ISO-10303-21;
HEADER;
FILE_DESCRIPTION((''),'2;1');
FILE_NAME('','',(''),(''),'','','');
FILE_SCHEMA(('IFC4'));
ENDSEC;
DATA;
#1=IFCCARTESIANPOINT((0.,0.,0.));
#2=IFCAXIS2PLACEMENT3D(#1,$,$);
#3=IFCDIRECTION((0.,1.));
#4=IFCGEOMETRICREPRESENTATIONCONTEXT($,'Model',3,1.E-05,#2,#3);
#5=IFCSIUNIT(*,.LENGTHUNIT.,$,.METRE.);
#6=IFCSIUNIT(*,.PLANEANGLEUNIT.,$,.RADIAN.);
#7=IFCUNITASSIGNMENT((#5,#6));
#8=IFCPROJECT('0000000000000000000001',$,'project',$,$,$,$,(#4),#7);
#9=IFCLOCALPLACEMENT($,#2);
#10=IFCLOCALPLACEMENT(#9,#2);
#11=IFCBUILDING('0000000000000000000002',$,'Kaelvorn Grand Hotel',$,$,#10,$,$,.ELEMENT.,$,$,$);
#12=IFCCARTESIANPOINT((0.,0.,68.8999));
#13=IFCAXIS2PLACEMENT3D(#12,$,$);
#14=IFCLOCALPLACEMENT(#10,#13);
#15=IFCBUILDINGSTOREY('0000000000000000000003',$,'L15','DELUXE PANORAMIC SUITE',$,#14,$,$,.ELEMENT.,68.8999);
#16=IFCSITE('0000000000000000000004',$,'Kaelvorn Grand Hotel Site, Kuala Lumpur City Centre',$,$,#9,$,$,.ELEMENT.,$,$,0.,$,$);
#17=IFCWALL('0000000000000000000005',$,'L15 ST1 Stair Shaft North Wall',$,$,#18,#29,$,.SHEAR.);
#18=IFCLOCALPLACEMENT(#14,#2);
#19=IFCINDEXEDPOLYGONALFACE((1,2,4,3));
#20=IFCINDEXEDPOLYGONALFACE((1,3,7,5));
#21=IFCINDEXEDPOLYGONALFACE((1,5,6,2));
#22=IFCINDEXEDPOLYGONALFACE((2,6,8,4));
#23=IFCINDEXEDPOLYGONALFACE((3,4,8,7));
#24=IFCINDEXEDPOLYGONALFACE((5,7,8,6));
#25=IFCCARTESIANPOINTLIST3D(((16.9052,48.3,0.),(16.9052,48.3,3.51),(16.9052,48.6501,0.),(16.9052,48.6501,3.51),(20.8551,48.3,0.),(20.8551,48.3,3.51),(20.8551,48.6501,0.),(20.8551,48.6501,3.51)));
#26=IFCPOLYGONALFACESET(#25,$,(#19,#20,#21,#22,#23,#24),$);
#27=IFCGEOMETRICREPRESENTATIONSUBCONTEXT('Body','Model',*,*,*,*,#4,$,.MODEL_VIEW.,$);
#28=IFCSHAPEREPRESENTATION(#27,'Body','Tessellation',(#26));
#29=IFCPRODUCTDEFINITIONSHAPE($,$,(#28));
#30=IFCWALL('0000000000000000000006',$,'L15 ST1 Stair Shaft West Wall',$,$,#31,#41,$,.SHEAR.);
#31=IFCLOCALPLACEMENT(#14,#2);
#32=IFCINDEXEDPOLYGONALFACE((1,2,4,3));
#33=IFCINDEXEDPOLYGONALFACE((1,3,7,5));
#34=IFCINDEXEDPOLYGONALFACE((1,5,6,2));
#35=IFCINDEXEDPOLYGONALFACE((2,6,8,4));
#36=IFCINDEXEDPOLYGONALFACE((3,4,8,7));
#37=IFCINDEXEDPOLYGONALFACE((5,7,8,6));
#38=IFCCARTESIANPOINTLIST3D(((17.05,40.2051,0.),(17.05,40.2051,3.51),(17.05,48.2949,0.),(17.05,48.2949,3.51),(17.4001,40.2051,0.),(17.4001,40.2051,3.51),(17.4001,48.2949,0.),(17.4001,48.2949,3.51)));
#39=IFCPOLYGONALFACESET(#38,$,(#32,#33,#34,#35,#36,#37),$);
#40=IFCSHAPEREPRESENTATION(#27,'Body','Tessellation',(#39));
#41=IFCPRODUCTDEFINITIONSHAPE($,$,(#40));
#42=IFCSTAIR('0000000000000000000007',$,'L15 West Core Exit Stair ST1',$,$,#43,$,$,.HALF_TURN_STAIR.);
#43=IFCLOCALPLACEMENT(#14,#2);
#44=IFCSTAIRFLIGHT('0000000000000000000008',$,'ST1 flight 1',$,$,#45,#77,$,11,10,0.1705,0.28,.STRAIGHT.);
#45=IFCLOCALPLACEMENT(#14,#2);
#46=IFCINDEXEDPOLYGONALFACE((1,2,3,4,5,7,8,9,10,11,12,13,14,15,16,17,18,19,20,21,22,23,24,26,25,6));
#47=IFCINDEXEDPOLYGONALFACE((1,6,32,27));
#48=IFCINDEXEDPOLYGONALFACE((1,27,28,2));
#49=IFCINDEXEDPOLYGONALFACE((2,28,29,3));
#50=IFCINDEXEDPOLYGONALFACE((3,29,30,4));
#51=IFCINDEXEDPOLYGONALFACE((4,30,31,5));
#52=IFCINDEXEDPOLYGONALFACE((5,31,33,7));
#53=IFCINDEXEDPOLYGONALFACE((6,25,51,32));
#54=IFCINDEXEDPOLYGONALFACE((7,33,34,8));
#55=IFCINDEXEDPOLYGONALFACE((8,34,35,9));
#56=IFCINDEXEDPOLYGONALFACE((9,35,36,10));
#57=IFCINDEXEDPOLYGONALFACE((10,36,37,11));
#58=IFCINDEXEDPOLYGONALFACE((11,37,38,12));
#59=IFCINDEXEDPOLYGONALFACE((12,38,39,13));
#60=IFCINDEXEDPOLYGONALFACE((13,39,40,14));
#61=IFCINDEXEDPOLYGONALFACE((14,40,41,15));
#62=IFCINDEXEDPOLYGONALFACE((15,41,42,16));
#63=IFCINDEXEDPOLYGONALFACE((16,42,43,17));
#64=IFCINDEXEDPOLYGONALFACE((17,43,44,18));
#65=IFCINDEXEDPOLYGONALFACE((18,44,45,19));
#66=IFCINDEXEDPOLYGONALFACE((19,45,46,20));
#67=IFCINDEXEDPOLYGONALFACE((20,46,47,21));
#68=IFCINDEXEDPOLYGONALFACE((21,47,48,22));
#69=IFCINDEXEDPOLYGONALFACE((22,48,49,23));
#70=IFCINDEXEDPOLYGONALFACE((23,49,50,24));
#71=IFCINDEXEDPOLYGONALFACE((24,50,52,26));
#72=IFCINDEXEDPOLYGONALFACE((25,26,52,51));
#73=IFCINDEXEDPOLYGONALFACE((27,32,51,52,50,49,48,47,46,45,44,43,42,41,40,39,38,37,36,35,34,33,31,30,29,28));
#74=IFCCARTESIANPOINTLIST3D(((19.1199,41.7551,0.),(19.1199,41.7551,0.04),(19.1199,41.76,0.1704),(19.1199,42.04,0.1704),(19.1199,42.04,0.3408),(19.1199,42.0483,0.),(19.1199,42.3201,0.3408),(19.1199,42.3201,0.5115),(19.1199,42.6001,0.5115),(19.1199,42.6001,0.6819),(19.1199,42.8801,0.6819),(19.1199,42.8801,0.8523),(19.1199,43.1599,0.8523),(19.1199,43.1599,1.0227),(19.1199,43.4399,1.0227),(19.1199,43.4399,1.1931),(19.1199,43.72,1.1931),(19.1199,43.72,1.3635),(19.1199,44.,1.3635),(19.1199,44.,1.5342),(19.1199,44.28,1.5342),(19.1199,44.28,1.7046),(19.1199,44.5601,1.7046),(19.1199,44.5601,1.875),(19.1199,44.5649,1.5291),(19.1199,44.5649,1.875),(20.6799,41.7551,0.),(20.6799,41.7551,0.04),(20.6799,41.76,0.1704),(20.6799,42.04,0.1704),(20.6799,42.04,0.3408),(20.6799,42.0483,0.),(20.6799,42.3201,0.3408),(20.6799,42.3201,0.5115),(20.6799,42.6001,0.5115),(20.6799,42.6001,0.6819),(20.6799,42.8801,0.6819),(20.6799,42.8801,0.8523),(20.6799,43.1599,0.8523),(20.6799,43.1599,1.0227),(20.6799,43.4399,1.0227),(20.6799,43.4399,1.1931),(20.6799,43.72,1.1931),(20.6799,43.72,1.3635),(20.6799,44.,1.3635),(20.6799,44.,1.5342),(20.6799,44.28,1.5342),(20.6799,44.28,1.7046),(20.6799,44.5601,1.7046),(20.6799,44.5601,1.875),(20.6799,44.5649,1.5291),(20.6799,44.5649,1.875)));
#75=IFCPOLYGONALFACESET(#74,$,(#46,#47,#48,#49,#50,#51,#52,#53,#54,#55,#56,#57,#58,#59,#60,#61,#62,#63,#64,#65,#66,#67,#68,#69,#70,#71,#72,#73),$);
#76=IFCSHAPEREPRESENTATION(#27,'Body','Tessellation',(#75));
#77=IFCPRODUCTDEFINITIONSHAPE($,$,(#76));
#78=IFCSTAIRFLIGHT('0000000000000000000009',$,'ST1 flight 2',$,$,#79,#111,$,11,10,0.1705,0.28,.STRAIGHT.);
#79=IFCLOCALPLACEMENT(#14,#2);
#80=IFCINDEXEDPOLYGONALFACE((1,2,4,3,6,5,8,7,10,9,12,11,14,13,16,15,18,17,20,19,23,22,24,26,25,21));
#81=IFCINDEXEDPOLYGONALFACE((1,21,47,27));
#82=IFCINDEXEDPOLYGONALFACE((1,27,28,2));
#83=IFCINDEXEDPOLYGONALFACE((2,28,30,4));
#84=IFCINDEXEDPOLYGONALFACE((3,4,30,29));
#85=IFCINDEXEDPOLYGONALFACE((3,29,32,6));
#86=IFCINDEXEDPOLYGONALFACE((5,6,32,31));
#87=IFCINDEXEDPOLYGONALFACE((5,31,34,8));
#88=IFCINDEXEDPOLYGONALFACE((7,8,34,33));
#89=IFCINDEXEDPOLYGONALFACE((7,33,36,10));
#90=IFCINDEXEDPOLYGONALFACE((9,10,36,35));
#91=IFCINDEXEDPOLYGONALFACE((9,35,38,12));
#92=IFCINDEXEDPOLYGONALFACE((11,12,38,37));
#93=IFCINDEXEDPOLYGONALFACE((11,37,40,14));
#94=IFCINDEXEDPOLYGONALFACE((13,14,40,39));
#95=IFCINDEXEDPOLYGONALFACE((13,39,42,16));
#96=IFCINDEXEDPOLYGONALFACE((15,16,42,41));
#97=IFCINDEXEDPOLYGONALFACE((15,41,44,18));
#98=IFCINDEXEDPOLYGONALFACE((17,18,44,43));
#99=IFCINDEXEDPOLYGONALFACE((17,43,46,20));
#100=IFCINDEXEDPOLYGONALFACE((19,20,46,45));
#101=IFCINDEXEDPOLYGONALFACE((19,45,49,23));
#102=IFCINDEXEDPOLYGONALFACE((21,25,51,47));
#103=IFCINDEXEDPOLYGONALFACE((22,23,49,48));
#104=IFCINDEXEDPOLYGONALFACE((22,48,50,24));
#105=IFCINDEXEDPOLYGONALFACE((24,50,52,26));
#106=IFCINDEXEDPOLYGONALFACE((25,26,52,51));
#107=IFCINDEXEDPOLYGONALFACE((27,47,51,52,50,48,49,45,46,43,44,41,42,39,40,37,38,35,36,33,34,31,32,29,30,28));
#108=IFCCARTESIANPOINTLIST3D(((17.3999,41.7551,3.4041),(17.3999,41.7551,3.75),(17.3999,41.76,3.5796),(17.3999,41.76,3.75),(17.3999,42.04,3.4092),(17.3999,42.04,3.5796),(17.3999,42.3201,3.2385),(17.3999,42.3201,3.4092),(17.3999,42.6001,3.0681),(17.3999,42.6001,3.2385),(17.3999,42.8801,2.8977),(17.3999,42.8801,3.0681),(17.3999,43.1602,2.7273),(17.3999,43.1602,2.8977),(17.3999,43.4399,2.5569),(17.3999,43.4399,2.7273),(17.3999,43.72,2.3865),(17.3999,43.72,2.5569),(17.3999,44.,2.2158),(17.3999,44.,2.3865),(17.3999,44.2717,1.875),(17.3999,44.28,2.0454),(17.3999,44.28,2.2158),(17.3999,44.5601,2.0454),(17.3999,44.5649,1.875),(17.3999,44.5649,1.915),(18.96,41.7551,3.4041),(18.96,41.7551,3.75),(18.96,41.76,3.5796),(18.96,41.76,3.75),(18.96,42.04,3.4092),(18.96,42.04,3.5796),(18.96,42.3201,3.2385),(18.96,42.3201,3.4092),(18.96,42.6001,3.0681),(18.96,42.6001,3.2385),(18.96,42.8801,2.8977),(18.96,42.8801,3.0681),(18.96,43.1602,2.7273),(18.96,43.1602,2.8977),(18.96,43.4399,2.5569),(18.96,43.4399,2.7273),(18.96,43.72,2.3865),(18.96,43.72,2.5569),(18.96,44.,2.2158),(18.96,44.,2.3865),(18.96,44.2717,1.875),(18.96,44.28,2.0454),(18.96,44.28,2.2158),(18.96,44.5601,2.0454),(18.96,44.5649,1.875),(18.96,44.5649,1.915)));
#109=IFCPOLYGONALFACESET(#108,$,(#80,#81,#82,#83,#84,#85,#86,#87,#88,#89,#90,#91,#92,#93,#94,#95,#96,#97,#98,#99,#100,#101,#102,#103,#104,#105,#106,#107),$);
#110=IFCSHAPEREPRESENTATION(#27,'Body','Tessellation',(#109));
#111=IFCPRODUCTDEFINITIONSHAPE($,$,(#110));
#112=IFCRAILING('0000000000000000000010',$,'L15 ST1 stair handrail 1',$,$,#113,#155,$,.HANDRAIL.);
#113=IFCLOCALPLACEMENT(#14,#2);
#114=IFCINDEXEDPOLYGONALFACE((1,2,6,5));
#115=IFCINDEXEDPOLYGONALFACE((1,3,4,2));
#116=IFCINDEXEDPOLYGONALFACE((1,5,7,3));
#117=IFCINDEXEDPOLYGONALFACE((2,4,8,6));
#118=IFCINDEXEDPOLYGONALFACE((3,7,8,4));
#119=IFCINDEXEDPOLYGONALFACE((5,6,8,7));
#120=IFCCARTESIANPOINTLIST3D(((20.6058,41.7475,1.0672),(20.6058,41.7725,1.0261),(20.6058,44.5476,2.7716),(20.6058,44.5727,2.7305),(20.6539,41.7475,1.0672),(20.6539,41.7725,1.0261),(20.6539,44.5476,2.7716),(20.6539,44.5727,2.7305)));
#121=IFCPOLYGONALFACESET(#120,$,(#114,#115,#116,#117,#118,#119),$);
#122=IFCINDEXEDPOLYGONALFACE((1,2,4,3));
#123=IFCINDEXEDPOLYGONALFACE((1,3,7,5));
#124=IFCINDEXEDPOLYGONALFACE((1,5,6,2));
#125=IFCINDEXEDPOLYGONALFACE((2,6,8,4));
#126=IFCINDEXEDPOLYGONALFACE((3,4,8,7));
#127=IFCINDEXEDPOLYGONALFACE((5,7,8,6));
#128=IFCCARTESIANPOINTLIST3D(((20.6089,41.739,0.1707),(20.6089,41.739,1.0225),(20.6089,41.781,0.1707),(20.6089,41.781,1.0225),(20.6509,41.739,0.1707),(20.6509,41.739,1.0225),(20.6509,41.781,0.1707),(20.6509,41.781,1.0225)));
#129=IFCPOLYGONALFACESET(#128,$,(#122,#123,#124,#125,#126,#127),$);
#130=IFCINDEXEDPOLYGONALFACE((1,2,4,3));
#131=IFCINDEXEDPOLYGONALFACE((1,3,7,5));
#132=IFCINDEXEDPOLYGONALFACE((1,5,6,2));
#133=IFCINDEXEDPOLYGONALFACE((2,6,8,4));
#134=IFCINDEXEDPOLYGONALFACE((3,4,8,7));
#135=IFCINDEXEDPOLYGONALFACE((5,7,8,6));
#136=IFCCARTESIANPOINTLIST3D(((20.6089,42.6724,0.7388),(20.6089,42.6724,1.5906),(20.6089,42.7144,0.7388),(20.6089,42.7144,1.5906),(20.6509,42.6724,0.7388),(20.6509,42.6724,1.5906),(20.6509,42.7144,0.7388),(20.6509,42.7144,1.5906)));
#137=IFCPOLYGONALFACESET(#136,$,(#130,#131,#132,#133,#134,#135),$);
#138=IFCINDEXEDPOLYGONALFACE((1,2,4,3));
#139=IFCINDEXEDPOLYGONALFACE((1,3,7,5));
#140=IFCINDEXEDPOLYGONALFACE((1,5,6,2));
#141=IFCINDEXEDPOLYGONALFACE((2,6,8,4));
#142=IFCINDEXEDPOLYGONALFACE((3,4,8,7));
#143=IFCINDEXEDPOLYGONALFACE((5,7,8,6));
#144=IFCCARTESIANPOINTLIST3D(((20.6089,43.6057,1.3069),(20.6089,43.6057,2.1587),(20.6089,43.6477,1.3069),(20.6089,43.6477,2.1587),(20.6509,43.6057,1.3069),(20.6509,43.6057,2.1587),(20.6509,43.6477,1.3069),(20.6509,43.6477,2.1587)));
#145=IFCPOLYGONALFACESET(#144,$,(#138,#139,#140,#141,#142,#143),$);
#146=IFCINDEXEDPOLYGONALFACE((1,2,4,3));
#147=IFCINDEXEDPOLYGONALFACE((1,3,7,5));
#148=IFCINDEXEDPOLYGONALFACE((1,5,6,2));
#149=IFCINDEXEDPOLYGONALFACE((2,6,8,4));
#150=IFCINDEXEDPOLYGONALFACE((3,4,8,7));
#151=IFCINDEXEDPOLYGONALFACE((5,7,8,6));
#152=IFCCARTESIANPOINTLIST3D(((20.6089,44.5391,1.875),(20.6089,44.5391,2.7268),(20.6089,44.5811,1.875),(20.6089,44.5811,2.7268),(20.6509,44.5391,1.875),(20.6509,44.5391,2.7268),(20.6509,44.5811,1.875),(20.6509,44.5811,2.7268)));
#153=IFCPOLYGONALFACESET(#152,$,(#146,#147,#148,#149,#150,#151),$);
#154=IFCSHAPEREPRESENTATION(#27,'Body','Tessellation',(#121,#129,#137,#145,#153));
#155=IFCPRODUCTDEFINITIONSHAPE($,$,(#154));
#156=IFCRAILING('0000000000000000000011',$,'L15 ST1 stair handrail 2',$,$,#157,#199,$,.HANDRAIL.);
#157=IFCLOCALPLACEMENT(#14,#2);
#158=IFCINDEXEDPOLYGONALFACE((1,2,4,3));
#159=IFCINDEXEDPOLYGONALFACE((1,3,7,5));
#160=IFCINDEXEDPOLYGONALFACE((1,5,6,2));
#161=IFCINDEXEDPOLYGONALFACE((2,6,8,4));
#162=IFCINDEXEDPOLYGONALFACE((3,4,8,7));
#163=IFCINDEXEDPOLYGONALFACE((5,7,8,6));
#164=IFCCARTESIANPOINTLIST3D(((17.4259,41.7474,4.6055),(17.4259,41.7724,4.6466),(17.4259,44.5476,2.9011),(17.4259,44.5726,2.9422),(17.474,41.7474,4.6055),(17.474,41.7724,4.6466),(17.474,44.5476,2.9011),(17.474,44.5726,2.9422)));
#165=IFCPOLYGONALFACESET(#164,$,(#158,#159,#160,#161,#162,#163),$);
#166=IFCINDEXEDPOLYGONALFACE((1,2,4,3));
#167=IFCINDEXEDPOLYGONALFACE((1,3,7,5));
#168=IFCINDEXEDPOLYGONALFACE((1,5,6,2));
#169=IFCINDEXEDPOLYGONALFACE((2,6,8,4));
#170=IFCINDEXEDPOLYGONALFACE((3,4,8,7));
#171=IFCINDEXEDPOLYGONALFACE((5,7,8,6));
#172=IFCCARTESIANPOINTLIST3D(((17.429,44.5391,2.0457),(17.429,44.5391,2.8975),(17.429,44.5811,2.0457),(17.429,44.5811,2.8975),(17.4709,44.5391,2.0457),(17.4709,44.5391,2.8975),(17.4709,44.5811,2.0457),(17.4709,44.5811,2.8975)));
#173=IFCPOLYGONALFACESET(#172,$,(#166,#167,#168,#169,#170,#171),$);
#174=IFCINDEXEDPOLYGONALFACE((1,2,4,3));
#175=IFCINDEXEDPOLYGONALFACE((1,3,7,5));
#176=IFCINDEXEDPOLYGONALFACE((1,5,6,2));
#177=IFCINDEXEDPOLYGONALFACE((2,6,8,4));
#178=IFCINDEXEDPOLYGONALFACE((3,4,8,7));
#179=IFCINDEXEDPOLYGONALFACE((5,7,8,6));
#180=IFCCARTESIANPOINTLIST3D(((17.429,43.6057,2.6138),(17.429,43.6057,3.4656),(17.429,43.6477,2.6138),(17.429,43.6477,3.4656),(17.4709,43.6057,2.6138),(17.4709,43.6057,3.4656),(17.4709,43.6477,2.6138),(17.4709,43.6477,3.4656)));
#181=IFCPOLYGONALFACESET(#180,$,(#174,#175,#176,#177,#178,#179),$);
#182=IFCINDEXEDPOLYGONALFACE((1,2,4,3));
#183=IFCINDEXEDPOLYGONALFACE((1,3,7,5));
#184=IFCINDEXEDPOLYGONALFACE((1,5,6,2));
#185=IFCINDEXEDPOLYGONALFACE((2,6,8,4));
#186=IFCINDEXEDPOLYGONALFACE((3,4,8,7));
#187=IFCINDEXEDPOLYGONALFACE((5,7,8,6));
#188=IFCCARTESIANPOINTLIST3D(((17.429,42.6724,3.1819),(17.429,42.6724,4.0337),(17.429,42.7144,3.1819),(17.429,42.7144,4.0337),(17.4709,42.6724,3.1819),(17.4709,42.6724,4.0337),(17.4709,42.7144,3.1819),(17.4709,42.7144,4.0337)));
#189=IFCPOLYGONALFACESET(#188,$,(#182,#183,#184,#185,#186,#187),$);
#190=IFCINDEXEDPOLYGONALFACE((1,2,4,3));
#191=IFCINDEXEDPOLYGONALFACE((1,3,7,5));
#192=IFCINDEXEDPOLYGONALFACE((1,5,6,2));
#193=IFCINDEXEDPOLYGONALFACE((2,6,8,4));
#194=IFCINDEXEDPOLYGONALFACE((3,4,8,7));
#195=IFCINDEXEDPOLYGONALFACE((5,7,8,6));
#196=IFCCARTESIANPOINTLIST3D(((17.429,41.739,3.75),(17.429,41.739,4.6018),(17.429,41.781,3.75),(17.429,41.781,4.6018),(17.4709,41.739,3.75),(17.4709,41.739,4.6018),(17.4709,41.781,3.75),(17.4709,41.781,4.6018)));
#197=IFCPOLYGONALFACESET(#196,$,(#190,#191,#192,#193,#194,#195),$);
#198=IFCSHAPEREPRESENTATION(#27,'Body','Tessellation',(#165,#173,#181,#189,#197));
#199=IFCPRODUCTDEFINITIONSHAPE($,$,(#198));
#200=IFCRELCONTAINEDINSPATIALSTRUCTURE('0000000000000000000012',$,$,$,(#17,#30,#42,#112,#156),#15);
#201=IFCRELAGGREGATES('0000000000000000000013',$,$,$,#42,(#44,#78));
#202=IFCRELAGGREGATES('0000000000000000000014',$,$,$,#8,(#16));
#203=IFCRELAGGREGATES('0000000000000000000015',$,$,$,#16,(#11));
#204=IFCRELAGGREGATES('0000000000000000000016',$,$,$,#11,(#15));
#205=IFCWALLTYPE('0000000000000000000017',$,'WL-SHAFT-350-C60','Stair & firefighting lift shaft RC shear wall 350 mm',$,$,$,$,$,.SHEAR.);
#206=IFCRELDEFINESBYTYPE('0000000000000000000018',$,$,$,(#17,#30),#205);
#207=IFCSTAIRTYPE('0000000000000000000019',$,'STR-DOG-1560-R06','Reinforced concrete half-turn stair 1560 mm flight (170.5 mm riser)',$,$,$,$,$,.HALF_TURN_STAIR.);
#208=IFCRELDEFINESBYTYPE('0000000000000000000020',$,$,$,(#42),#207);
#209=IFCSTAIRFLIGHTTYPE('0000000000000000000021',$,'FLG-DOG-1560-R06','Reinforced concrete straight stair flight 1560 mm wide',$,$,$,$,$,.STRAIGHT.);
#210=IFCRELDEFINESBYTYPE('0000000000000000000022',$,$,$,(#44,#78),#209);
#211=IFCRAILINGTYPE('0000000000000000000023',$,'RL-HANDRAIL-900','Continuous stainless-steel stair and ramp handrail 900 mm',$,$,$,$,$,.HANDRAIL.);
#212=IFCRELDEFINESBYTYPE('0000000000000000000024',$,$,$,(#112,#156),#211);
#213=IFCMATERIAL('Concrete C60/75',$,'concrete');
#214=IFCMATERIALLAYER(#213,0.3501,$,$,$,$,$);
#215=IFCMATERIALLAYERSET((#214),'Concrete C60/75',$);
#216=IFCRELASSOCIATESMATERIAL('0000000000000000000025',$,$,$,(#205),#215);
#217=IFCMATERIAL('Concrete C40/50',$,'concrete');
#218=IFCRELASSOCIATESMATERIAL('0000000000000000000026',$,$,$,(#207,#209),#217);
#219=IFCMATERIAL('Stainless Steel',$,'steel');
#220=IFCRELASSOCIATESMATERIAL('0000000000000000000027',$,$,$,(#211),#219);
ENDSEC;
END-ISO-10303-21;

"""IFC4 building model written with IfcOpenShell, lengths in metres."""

from ifc_helpers import new_model, si_unit, direction, frame, frame_2d, origin, origin_2d, place, context, subcontext, project, spatial, polyline, rectangle, outline, extrude, material, layer, layer_set, type_object, element, aggregate, save


model = new_model("IFC4")

# Units and contexts
model_context = context("Model", 3, precision=1e-05, world=origin(), true_north=direction((0.0, 1.0)))
body_context = subcontext(model_context, "Body", "Model", "MODEL_VIEW")
ifc_project = project(units=[si_unit("LENGTHUNIT", "METRE"), si_unit("PLANEANGLEUNIT", "RADIAN")], contexts=[model_context])

# Site, building, storey
site_placement = place(None, origin())
site = spatial("IfcSite", under=ifc_project, at=site_placement, Name="Kaelvorn Grand Hotel Site, Kuala Lumpur City Centre", CompositionType="ELEMENT", RefElevation=0.0)
building_placement = place(site_placement, origin())
building = spatial("IfcBuilding", under=site, at=building_placement, Name="Kaelvorn Grand Hotel", CompositionType="ELEMENT")
storey_placement = place(building_placement, frame((0.0, 0.0, 68.8999)))
storey = spatial("IfcBuildingStorey", under=building, at=storey_placement, Name="L15", Description="DELUXE PANORAMIC SUITE", CompositionType="ELEMENT", Elevation=68.8999)

# Shared definitions
ifc_material_1 = material(Name="Concrete C60/75", Category="concrete")

# Shared definitions
ifc_material_2 = material(Name="Concrete C40/50", Category="concrete")

# Walls
ifc_layer_1 = layer(ifc_material_1, 0.3501)
ifc_layer_set_1 = layer_set([ifc_layer_1], Name="Concrete C60/75")
wall_type_1 = type_object("IfcWallType", Name="WL-SHAFT-350-C60", Description="Stair & firefighting lift shaft RC shear wall 350 mm", PredefinedType="SHEAR", material=ifc_layer_set_1)
wall_1_placement = place(storey_placement, frame((16.905, 48.4751, 0.0), z_axis=(0.0, 0.0, 1.0), x_axis=(1.0, 0.0, 0.0)))
element("IfcWall", 1, at=wall_1_placement, inside=storey, type_object=wall_type_1, Name="L15 ST1 Stair Shaft North Wall", PredefinedType="SHEAR", context=body_context, shape_type="SweptSolid", body=[
    extrude(rectangle(XDim=3.95, YDim=0.3501, at=frame_2d((1.9751, 0.0))), origin(), (0.0, 0.0, 1.0), 3.51),
])
wall_2_placement = place(storey_placement, frame((17.2251, 40.2051, 0.0), z_axis=(0.0, 0.0, 1.0), x_axis=(0.0, 1.0, 0.0)))
element("IfcWall", 2, at=wall_2_placement, inside=storey, type_object=wall_type_1, Name="L15 ST1 Stair Shaft West Wall", PredefinedType="SHEAR", context=body_context, shape_type="SweptSolid", body=[
    extrude(rectangle(XDim=8.0898, YDim=0.3501, at=frame_2d((4.0449, 0.0))), origin(), (0.0, 0.0, 1.0), 3.51),
])

# Stair, stair flights
stair_type = type_object("IfcStairType", Name="STR-DOG-1560-R06", Description="Reinforced concrete half-turn stair 1560 mm flight (170.5 mm riser)", PredefinedType="HALF_TURN_STAIR", material=ifc_material_2)
stair_placement = place(storey_placement, origin())
stair = element("IfcStair", 3, at=stair_placement, inside=storey, type_object=stair_type, Name="L15 West Core Exit Stair ST1", PredefinedType="HALF_TURN_STAIR")
stair_flight_type = type_object("IfcStairFlightType", Name="FLG-DOG-1560-R06", Description="Reinforced concrete straight stair flight 1560 mm wide", PredefinedType="STRAIGHT", material=ifc_material_2)
stair_flight_1_placement = place(storey_placement, frame((19.8999, 41.76, 0.0), z_axis=(0.0, 0.0, 1.0), x_axis=(0.0, 1.0, 0.0)))
stair_flight_1 = element("IfcStairFlight", 4, at=stair_flight_1_placement, type_object=stair_flight_type, Name="ST1 flight 1", NumberOfRisers=11, NumberOfTreads=10, PredefinedType="STRAIGHT", RiserHeight=0.1705, TreadLength=0.28, context=body_context, shape_type="SweptSolid", body=[
    extrude(outline(polyline([(-0.0049, 0.0), (-0.0049, 0.04), (0.0, 0.1704), (0.28, 0.1704), (0.28, 0.3408), (0.5601, 0.3408), (0.5601, 0.5115), (0.8401, 0.5115), (0.8401, 0.6819), (1.1201, 0.6819), (1.1201, 0.8523), (1.3999, 0.8523), (1.3999, 1.0227), (1.6799, 1.0227), (1.6799, 1.1931), (1.96, 1.1931), (1.96, 1.3635), (2.24, 1.3635), (2.24, 1.5342), (2.52, 1.5342), (2.52, 1.7046), (2.8, 1.7046), (2.8, 1.875), (2.8049, 1.875), (2.8049, 1.5291), (0.2883, 0.0), (-0.0049, 0.0)])), frame((0.0, 0.78, 0.0), z_axis=(0.0, -1.0, 0.0), x_axis=(1.0, 0.0, 0.0)), (0.0, 0.0, 1.0), 1.5601),
])
stair_flight_2_placement = place(storey_placement, frame((18.1799, 44.5601, 1.875), z_axis=(0.0, 0.0, 1.0), x_axis=(0.0, -1.0, 0.0)))
stair_flight_2 = element("IfcStairFlight", 5, at=stair_flight_2_placement, type_object=stair_flight_type, Name="ST1 flight 2", NumberOfRisers=11, NumberOfTreads=10, PredefinedType="STRAIGHT", RiserHeight=0.1705, TreadLength=0.28, context=body_context, shape_type="SweptSolid", body=[
    extrude(outline(polyline([(-0.0049, 0.0), (-0.0049, 0.04), (0.0, 0.1704), (0.28, 0.1704), (0.28, 0.3408), (0.5601, 0.3408), (0.5601, 0.5115), (0.8401, 0.5115), (0.8401, 0.6819), (1.1201, 0.6819), (1.1201, 0.8523), (1.3999, 0.8523), (1.3999, 1.0227), (1.6799, 1.0227), (1.6799, 1.1931), (1.96, 1.1931), (1.96, 1.3635), (2.24, 1.3635), (2.24, 1.5342), (2.52, 1.5342), (2.52, 1.7046), (2.8, 1.7046), (2.8, 1.875), (2.8049, 1.875), (2.8049, 1.5291), (0.2883, 0.0), (-0.0049, 0.0)])), frame((0.0, 0.78, 0.0), z_axis=(0.0, -1.0, 0.0), x_axis=(1.0, 0.0, 0.0)), (0.0, 0.0, 1.0), 1.5601),
])
aggregate(stair, [stair_flight_1, stair_flight_2])

# Railings
ifc_material_3 = material(Name="Stainless Steel", Category="steel")
railing_type_1 = type_object("IfcRailingType", Name="RL-HANDRAIL-900", Description="Continuous stainless-steel stair and ramp handrail 900 mm", PredefinedType="HANDRAIL", material=ifc_material_3)
railing_1_placement = place(storey_placement, frame((20.6299, 41.76, 0.1707)))
element("IfcRailing", 6, at=railing_1_placement, inside=storey, type_object=railing_type_1, Name="L15 ST1 stair handrail 1", PredefinedType="HANDRAIL", context=body_context, shape_type="SweptSolid", body=[
    extrude(rectangle(XDim=0.0481, YDim=0.0481, at=origin_2d()), frame((0.0, 0.0, 0.876), z_axis=(0.0, 0.854203, 0.51994), x_axis=(-1.0, 0.0, 0.0)), (0.0, 0.0, 1.0), 3.2781),
    extrude(rectangle(XDim=0.042, YDim=0.042, at=origin_2d()), origin(), (0.0, 0.0, 1.0), 0.8518),
    extrude(rectangle(XDim=0.042, YDim=0.042, at=origin_2d()), frame((0.0, 0.9333, 0.5681)), (0.0, 0.0, 1.0), 0.8518),
    extrude(rectangle(XDim=0.042, YDim=0.042, at=origin_2d()), frame((0.0, 1.8667, 1.1362)), (0.0, 0.0, 1.0), 0.8518),
    extrude(rectangle(XDim=0.042, YDim=0.042, at=origin_2d()), frame((0.0, 2.8, 1.7043)), (0.0, 0.0, 1.0), 0.8518),
])
railing_2_placement = place(storey_placement, frame((17.45, 44.5601, 2.0457)))
element("IfcRailing", 7, at=railing_2_placement, inside=storey, type_object=railing_type_1, Name="L15 ST1 stair handrail 2", PredefinedType="HANDRAIL", context=body_context, shape_type="SweptSolid", body=[
    extrude(rectangle(XDim=0.0481, YDim=0.0481, at=origin_2d()), frame((0.0, 0.0, 0.876), z_axis=(0.0, -0.854203, 0.51994), x_axis=(1.0, 0.0, 0.0)), (0.0, 0.0, 1.0), 3.2781),
    extrude(rectangle(XDim=0.042, YDim=0.042, at=origin_2d()), origin(), (0.0, 0.0, 1.0), 0.8518),
    extrude(rectangle(XDim=0.042, YDim=0.042, at=origin_2d()), frame((0.0, -0.9333, 0.5681)), (0.0, 0.0, 1.0), 0.8518),
    extrude(rectangle(XDim=0.042, YDim=0.042, at=origin_2d()), frame((0.0, -1.8667, 1.1362)), (0.0, 0.0, 1.0), 0.8518),
    extrude(rectangle(XDim=0.042, YDim=0.042, at=origin_2d()), frame((0.0, -2.8, 1.7043)), (0.0, 0.0, 1.0), 0.8518),
])

save(model, "model.ifc")
